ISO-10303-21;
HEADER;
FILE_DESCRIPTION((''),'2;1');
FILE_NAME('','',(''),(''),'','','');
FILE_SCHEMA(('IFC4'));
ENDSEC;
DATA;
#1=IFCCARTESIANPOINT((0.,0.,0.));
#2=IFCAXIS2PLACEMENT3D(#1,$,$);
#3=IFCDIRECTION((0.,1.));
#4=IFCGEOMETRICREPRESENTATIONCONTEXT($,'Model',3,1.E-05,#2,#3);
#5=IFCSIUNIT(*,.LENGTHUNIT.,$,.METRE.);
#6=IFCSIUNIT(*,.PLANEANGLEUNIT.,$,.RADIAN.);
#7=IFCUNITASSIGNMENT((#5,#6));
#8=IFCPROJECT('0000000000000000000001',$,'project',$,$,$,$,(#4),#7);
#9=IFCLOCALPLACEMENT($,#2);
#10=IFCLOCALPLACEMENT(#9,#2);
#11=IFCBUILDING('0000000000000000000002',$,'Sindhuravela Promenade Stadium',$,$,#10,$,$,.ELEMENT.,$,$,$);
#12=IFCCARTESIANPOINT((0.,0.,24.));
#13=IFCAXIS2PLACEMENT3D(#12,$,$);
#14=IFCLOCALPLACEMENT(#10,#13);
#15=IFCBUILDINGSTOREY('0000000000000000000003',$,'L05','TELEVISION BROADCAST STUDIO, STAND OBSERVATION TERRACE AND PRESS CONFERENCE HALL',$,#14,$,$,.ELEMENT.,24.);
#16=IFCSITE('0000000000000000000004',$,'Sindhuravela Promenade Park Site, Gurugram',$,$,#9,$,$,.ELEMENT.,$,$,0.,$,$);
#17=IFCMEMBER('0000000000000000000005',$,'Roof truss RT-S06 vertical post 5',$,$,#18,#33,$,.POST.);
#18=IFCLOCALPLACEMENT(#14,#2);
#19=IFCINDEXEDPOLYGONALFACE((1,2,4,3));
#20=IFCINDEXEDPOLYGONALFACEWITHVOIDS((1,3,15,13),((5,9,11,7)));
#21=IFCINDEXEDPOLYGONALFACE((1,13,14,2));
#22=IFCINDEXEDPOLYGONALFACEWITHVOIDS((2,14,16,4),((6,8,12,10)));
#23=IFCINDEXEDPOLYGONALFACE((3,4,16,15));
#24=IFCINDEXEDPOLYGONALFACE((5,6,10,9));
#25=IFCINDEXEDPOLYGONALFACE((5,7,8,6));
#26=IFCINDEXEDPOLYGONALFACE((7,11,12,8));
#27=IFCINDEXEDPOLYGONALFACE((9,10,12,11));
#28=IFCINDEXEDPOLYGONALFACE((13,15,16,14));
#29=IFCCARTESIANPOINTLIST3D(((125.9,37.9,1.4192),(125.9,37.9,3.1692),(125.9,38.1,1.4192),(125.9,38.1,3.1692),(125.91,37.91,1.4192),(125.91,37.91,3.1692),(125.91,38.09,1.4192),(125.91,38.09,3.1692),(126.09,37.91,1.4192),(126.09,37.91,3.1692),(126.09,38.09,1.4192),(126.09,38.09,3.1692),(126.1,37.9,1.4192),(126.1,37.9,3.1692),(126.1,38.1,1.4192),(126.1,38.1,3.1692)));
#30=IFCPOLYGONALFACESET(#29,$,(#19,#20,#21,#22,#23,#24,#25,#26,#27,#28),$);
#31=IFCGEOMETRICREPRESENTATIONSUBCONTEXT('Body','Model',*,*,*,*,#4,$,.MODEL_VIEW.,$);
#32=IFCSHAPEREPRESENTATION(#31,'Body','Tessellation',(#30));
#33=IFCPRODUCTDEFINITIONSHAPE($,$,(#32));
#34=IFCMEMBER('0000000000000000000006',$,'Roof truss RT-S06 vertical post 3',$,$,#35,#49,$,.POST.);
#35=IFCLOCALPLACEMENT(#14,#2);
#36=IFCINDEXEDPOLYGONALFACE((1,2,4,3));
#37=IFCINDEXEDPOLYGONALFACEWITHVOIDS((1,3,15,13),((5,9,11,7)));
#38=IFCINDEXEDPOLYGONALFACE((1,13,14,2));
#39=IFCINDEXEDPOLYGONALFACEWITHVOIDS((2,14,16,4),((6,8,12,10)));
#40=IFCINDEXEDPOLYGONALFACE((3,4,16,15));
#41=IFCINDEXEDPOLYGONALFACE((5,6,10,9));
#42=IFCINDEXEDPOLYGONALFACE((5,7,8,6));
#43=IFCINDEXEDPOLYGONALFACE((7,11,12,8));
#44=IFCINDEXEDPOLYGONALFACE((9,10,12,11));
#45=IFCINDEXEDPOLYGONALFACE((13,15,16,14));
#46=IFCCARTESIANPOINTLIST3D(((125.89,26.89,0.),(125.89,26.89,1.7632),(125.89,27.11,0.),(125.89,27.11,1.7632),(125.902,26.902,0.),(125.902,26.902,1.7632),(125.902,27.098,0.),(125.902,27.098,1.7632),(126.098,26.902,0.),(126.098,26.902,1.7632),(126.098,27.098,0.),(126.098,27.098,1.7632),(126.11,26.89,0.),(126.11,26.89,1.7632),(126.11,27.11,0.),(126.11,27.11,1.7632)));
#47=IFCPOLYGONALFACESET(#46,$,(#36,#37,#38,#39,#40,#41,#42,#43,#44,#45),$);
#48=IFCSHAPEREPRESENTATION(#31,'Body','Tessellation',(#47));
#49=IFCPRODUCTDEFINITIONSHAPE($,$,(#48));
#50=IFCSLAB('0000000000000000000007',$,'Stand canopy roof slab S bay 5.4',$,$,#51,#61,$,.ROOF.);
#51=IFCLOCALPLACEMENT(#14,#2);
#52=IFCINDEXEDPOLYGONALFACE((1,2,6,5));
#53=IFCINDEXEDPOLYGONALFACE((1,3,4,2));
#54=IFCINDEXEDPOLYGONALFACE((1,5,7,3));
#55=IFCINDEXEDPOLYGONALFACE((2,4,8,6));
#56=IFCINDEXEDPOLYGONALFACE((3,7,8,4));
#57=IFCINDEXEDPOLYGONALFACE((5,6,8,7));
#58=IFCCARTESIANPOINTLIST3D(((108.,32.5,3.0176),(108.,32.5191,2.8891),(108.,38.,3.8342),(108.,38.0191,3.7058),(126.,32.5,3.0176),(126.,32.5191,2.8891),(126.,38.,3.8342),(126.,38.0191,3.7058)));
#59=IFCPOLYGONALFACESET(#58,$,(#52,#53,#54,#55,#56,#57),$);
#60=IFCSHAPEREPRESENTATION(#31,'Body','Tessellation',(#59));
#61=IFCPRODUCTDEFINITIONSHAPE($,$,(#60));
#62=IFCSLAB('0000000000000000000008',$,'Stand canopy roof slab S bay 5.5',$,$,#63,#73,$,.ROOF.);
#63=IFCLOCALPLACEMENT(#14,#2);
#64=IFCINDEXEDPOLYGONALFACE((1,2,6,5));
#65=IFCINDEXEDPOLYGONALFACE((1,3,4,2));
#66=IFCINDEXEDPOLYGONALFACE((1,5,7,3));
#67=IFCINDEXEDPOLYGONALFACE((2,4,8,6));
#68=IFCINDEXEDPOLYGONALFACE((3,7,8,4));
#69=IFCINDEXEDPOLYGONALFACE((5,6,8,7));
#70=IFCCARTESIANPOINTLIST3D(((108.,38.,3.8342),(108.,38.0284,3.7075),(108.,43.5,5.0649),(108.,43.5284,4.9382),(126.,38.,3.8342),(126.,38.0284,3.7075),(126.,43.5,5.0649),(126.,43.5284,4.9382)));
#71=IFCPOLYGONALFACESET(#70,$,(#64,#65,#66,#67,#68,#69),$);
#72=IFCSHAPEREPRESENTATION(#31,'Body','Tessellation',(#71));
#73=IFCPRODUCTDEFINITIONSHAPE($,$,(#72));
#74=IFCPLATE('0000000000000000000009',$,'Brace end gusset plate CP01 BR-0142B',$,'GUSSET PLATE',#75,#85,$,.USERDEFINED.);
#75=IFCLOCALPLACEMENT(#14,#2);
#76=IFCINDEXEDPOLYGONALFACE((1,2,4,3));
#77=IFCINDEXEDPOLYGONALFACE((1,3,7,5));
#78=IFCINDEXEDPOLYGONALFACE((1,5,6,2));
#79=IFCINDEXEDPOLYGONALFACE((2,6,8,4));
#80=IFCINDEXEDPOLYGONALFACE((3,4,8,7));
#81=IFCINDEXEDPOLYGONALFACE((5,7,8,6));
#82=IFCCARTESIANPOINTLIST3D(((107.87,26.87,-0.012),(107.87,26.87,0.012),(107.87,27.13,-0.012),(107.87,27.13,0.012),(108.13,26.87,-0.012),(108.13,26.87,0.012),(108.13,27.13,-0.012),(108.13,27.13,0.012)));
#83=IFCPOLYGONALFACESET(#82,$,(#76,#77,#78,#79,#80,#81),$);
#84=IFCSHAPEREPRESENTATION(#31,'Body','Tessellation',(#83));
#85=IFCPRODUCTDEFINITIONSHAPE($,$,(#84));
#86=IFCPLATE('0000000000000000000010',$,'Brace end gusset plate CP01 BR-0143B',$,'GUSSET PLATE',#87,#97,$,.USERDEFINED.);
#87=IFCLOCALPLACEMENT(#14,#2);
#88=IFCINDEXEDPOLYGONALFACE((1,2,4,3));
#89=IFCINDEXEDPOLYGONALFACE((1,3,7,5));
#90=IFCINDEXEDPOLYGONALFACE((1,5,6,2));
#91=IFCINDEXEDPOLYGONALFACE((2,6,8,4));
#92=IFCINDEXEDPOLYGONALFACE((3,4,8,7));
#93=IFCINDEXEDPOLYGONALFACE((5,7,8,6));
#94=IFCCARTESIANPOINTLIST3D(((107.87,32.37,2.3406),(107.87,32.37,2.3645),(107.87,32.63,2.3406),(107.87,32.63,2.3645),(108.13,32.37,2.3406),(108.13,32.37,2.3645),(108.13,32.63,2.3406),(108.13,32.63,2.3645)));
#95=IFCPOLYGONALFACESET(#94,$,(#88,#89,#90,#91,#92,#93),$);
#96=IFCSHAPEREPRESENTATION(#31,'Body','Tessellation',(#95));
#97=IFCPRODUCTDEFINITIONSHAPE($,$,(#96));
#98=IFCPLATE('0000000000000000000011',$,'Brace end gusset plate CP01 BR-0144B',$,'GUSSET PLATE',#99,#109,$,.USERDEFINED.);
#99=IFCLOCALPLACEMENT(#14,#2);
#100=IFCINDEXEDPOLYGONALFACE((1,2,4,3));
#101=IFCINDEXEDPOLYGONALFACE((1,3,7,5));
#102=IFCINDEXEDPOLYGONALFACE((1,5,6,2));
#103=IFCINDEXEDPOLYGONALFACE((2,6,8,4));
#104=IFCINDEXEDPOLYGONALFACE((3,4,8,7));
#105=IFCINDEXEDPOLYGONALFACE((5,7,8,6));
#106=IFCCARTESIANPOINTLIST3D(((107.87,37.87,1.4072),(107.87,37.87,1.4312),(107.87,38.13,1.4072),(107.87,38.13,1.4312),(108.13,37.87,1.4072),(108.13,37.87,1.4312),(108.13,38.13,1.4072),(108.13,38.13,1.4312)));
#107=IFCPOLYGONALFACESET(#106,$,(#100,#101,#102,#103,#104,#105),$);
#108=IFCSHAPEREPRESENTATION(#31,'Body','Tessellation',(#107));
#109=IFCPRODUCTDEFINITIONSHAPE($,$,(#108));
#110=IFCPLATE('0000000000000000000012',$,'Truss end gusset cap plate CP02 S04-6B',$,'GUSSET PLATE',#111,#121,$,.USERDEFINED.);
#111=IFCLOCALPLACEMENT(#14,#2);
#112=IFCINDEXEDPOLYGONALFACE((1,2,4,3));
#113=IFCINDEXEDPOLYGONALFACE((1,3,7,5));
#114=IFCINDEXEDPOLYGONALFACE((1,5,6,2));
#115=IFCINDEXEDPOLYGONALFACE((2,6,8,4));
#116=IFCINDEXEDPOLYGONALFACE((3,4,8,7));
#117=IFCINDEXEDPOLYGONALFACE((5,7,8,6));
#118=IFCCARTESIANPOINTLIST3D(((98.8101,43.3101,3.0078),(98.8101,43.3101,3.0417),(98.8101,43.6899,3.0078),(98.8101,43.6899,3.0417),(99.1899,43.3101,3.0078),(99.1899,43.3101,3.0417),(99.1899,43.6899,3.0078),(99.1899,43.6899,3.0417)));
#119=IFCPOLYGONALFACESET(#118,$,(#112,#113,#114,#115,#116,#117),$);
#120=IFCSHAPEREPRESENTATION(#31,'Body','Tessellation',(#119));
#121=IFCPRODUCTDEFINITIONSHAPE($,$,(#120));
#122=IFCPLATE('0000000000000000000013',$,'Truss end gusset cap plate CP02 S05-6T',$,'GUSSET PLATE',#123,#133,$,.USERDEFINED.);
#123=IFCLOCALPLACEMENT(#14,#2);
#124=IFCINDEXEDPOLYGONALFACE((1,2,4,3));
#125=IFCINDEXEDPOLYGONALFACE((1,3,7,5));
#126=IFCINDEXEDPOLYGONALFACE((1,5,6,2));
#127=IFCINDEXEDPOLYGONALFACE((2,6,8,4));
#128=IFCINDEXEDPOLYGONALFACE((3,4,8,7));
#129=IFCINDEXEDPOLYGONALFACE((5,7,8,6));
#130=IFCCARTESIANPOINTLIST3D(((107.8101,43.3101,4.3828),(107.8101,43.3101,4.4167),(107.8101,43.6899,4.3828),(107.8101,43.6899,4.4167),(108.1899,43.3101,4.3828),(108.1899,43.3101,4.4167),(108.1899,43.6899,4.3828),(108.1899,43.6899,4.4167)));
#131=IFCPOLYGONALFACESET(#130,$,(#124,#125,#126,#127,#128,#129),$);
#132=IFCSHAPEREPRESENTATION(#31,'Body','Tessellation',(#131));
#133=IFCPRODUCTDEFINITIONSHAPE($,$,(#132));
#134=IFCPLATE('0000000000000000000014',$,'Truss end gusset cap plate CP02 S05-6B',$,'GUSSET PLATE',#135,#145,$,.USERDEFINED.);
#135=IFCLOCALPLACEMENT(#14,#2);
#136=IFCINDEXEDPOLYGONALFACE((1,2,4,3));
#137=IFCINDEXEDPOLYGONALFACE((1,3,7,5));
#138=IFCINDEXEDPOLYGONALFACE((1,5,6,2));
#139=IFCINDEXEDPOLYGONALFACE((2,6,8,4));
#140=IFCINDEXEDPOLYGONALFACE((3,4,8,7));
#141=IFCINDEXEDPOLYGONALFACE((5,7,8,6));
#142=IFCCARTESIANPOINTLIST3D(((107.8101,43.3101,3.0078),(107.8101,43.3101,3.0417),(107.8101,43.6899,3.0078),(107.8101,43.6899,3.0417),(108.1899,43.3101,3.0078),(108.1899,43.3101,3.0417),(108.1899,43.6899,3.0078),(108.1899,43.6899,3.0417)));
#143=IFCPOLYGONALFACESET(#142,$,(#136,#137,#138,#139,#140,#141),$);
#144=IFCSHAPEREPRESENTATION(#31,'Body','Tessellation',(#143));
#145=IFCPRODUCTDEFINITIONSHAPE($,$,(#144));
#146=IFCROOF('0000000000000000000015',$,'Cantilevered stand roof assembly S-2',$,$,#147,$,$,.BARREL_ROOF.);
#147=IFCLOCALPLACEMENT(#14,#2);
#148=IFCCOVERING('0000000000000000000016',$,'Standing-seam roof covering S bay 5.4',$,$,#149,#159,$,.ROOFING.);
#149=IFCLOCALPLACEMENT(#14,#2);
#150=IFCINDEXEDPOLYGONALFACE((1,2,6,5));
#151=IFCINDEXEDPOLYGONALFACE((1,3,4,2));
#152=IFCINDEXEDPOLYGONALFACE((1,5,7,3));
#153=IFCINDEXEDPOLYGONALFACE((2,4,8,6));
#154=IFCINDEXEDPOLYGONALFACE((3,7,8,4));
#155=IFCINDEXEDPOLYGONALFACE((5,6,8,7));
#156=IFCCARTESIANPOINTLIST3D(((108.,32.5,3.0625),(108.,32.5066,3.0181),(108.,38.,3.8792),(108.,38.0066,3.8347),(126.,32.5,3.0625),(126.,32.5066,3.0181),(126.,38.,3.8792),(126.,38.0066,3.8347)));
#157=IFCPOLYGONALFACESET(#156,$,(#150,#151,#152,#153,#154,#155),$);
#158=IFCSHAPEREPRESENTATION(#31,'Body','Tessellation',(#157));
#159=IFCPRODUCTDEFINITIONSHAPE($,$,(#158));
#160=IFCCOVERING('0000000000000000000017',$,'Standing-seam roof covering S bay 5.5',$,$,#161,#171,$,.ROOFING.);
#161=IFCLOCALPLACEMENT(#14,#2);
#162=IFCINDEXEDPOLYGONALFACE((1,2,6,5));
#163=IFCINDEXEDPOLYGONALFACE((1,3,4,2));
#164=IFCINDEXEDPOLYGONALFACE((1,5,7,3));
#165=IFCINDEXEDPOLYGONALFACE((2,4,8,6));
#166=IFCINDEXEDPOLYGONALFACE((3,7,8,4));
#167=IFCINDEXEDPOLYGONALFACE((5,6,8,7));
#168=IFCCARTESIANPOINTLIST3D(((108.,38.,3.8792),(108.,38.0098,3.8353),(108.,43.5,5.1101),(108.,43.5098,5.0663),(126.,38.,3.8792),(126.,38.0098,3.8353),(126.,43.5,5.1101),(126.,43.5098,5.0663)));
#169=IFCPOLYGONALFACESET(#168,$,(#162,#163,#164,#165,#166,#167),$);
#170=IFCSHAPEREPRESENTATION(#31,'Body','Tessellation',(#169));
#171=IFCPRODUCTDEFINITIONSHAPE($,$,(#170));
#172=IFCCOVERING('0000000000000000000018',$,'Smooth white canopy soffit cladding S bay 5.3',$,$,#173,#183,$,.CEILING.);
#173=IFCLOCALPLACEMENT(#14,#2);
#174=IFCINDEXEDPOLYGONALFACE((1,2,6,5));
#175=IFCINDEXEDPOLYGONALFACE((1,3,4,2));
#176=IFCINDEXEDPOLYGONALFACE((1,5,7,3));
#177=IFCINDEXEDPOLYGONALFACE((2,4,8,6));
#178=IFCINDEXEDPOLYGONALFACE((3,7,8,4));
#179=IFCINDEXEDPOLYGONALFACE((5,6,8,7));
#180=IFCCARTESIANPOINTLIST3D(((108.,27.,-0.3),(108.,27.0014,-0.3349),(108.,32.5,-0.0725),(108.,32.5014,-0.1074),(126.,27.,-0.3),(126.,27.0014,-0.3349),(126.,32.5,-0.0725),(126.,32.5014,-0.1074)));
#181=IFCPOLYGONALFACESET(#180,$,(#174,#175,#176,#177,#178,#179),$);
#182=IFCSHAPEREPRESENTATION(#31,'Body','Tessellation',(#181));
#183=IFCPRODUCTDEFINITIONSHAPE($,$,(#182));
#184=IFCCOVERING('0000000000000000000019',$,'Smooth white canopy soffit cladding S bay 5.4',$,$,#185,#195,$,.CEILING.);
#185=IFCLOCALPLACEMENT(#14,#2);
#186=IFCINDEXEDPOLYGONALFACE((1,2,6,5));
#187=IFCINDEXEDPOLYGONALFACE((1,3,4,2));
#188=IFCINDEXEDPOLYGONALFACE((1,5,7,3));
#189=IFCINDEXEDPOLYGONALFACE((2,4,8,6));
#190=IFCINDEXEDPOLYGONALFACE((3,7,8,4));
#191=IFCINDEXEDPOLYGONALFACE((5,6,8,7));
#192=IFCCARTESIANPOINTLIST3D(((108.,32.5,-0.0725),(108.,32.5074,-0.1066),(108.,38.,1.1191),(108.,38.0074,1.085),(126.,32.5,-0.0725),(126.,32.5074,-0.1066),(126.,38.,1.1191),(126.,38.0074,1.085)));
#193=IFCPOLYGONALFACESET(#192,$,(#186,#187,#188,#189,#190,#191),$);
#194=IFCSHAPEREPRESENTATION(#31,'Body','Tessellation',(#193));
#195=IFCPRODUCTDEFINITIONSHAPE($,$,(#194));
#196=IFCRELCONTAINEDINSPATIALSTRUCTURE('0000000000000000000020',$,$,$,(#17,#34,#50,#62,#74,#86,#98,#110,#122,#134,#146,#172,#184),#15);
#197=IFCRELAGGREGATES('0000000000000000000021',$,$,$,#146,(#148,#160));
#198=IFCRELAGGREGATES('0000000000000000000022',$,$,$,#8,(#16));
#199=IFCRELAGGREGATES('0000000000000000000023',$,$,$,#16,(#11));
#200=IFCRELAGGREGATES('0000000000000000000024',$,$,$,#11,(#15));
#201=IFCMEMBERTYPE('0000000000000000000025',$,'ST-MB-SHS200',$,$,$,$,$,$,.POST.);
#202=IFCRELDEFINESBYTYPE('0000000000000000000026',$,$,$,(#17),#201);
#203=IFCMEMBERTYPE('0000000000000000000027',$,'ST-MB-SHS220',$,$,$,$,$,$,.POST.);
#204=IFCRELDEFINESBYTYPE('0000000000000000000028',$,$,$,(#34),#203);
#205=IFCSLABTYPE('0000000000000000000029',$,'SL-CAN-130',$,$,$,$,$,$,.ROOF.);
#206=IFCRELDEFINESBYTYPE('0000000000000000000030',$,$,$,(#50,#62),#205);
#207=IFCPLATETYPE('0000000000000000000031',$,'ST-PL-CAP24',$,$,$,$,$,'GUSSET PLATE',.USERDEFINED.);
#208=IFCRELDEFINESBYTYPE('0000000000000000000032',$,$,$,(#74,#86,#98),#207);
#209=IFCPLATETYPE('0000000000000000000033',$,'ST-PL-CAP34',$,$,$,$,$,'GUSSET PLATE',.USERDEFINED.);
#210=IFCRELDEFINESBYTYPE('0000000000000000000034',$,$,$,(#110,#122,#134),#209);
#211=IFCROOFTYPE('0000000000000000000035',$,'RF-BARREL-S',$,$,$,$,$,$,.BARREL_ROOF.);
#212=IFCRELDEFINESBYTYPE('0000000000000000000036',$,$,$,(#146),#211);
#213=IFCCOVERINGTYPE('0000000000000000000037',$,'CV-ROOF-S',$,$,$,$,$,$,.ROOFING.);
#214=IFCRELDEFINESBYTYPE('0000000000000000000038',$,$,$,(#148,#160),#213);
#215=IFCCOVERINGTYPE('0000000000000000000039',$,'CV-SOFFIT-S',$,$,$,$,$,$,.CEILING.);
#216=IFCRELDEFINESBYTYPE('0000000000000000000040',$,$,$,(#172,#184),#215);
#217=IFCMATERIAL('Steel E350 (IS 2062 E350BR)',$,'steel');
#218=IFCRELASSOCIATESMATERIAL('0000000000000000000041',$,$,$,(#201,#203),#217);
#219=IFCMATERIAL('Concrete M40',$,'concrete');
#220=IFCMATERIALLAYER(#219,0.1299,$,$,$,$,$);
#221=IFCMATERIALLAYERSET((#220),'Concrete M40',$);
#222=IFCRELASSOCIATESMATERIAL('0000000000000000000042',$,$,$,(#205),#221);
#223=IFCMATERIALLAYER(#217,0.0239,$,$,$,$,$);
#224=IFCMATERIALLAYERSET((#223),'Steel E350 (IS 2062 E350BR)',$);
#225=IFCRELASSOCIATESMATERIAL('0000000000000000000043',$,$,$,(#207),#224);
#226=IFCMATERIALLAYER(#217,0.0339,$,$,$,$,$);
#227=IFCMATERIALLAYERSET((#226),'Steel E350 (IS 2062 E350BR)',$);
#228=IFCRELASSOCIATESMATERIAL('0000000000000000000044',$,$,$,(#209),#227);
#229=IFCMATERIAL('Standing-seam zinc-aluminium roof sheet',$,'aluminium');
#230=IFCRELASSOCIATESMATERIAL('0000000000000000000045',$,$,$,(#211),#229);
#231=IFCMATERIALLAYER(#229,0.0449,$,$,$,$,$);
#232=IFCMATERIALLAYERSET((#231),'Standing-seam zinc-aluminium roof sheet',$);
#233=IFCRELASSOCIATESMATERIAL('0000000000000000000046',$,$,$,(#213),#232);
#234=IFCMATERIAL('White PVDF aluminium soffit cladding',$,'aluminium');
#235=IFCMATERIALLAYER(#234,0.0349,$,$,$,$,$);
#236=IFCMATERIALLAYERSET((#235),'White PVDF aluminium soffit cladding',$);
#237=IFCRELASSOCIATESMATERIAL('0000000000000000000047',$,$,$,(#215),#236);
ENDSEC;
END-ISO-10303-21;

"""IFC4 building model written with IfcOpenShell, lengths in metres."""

from ifc_helpers import new_model, si_unit, direction, frame, origin, origin_2d, place, context, subcontext, project, spatial, polyline, rectangle, hollow_rectangle, outline, extrude, material, layer, layer_set, material_profile, profile_set, type_object, element, aggregate, save


model = new_model("IFC4")

# Units and contexts
model_context = context("Model", 3, precision=1e-05, world=origin(), true_north=direction((0.0, 1.0)))
body_context = subcontext(model_context, "Body", "Model", "MODEL_VIEW")
ifc_project = project(units=[si_unit("LENGTHUNIT", "METRE"), si_unit("PLANEANGLEUNIT", "RADIAN")], contexts=[model_context])

# Site, building, storey
site_placement = place(None, origin())
site = spatial("IfcSite", under=ifc_project, at=site_placement, Name="Sindhuravela Promenade Park Site, Gurugram", CompositionType="ELEMENT", RefElevation=0.0)
building_placement = place(site_placement, origin())
building = spatial("IfcBuilding", under=site, at=building_placement, Name="Sindhuravela Promenade Stadium", CompositionType="ELEMENT")
storey_placement = place(building_placement, frame((0.0, 0.0, 24.0)))
storey = spatial("IfcBuildingStorey", under=building, at=storey_placement, Name="L05", Description="TELEVISION BROADCAST STUDIO, STAND OBSERVATION TERRACE AND PRESS CONFERENCE HALL", CompositionType="ELEMENT", Elevation=24.0)

# Shared definitions
ifc_material_1 = material(Name="Steel E350 (IS 2062 E350BR)", Category="steel")

# Members
ifc_material_profile_1 = material_profile(ifc_material_1, hollow_rectangle(XDim=0.2, YDim=0.2, WallThickness=0.01, at=origin_2d()), Name="SHS 200x200x10")
ifc_profile_set_1 = profile_set([ifc_material_profile_1], Name="Steel E350 (IS 2062 E350BR)")
member_type_1 = type_object("IfcMemberType", Name="ST-MB-SHS200", PredefinedType="POST", material=ifc_profile_set_1)
member_1_placement = place(storey_placement, frame((126.0, 38.0, 1.4192), z_axis=(0.0, 0.0, 1.0), x_axis=(1.0, 0.0, 0.0)))
element("IfcMember", 1, at=member_1_placement, inside=storey, type_object=member_type_1, Name="Roof truss RT-S06 vertical post 5", PredefinedType="POST", context=body_context, shape_type="SweptSolid", body=[
    extrude(hollow_rectangle(XDim=0.2, YDim=0.2, WallThickness=0.01, at=origin_2d()), origin(), (0.0, 0.0, 1.0), 1.75),
])
ifc_material_profile_2 = material_profile(ifc_material_1, hollow_rectangle(XDim=0.22, YDim=0.22, WallThickness=0.012, at=origin_2d()), Name="SHS 220x220x12")
ifc_profile_set_2 = profile_set([ifc_material_profile_2], Name="Steel E350 (IS 2062 E350BR)")
member_type_2 = type_object("IfcMemberType", Name="ST-MB-SHS220", PredefinedType="POST", material=ifc_profile_set_2)
member_2_placement = place(storey_placement, frame((126.0, 27.0, 0.0), z_axis=(0.0, 0.0, 1.0), x_axis=(1.0, 0.0, 0.0)))
element("IfcMember", 2, at=member_2_placement, inside=storey, type_object=member_type_2, Name="Roof truss RT-S06 vertical post 3", PredefinedType="POST", context=body_context, shape_type="SweptSolid", body=[
    extrude(hollow_rectangle(XDim=0.22, YDim=0.22, WallThickness=0.012, at=origin_2d()), origin(), (0.0, 0.0, 1.0), 1.7632),
])

# Slabs
ifc_material_2 = material(Name="Concrete M40", Category="concrete")
ifc_layer_1 = layer(ifc_material_2, 0.1299)
ifc_layer_set_1 = layer_set([ifc_layer_1], Name="Concrete M40")
slab_type = type_object("IfcSlabType", Name="SL-CAN-130", PredefinedType="ROOF", material=ifc_layer_set_1)
slab_1_placement = place(storey_placement, frame((108.0, 32.5, 3.0176), z_axis=(0.0, -0.146872, 0.989156), x_axis=(1.0, 0.0, 0.0)))
element("IfcSlab", 3, at=slab_1_placement, inside=storey, type_object=slab_type, Name="Stand canopy roof slab S bay 5.4", PredefinedType="ROOF", context=body_context, shape_type="SweptSolid", body=[
    extrude(outline(polyline([(0.0, 0.0), (18.0, 0.0), (18.0, 5.5603), (0.0, 5.5603), (0.0, 0.0)])), origin(), (0.0, 0.0, -1.0), 0.1299),
])
slab_2_placement = place(storey_placement, frame((108.0, 38.0, 3.8342), z_axis=(0.0, -0.218366, 0.975867), x_axis=(1.0, 0.0, 0.0)))
element("IfcSlab", 4, at=slab_2_placement, inside=storey, type_object=slab_type, Name="Stand canopy roof slab S bay 5.5", PredefinedType="ROOF", context=body_context, shape_type="SweptSolid", body=[
    extrude(outline(polyline([(0.0, 0.0), (18.0, 0.0), (18.0, 5.636), (0.0, 5.636), (0.0, 0.0)])), origin(), (0.0, 0.0, -1.0), 0.1299),
])

# Plates
ifc_layer_2 = layer(ifc_material_1, 0.0239)
ifc_layer_set_2 = layer_set([ifc_layer_2], Name="Steel E350 (IS 2062 E350BR)")
plate_type_1 = type_object("IfcPlateType", Name="ST-PL-CAP24", ElementType="GUSSET PLATE", PredefinedType="USERDEFINED", material=ifc_layer_set_2)
for number, where, z_axis, x_axis, name in (
    (5, (108.0, 27.0, -0.012), (0.0, 0.0, 1.0), (1.0, 0.0, 0.0), "Brace end gusset plate CP01 BR-0142B"),
    (6, (108.0, 32.5, 2.3406), (0.0, 0.0, 1.0), (1.0, 0.0, 0.0), "Brace end gusset plate CP01 BR-0143B"),
    (7, (108.0, 38.0, 1.4072), (0.0, 0.0, 1.0), (1.0, 0.0, 0.0), "Brace end gusset plate CP01 BR-0144B"),
):
    element("IfcPlate", number, at=place(storey_placement, frame(where, z_axis=z_axis, x_axis=x_axis)), inside=storey, type_object=plate_type_1, Name=name, ObjectType="GUSSET PLATE", PredefinedType="USERDEFINED", context=body_context, shape_type="SweptSolid", body=[
        extrude(rectangle(XDim=0.26, YDim=0.26, at=origin_2d()), origin(), (0.0, 0.0, 1.0), 0.0239),
    ])
ifc_layer_3 = layer(ifc_material_1, 0.0339)
ifc_layer_set_3 = layer_set([ifc_layer_3], Name="Steel E350 (IS 2062 E350BR)")
plate_type_2 = type_object("IfcPlateType", Name="ST-PL-CAP34", ElementType="GUSSET PLATE", PredefinedType="USERDEFINED", material=ifc_layer_set_3)
for number, where, z_axis, x_axis, name in (
    (8, (99.0, 43.5, 3.0078), (0.0, 0.0, 1.0), (1.0, 0.0, 0.0), "Truss end gusset cap plate CP02 S04-6B"),
    (9, (108.0, 43.5, 4.3828), (0.0, 0.0, 1.0), (1.0, 0.0, 0.0), "Truss end gusset cap plate CP02 S05-6T"),
    (10, (108.0, 43.5, 3.0078), (0.0, 0.0, 1.0), (1.0, 0.0, 0.0), "Truss end gusset cap plate CP02 S05-6B"),
):
    element("IfcPlate", number, at=place(storey_placement, frame(where, z_axis=z_axis, x_axis=x_axis)), inside=storey, type_object=plate_type_2, Name=name, ObjectType="GUSSET PLATE", PredefinedType="USERDEFINED", context=body_context, shape_type="SweptSolid", body=[
        extrude(rectangle(XDim=0.3799, YDim=0.3799, at=origin_2d()), origin(), (0.0, 0.0, 1.0), 0.0339),
    ])

# Roof, coverings
ifc_material_3 = material(Name="Standing-seam zinc-aluminium roof sheet", Category="aluminium")
roof_type = type_object("IfcRoofType", Name="RF-BARREL-S", PredefinedType="BARREL_ROOF", material=ifc_material_3)
roof_placement = place(storey_placement, origin())
roof = element("IfcRoof", 11, at=roof_placement, inside=storey, type_object=roof_type, Name="Cantilevered stand roof assembly S-2", PredefinedType="BARREL_ROOF")
ifc_layer_4 = layer(ifc_material_3, 0.0449)
ifc_layer_set_4 = layer_set([ifc_layer_4], Name="Standing-seam zinc-aluminium roof sheet")
covering_type_1 = type_object("IfcCoveringType", Name="CV-ROOF-S", PredefinedType="ROOFING", material=ifc_layer_set_4)
covering_1_placement = place(storey_placement, frame((108.0, 32.5, 3.0625), z_axis=(0.0, -0.146872, 0.989156), x_axis=(1.0, 0.0, 0.0)))
covering_1 = element("IfcCovering", 12, at=covering_1_placement, type_object=covering_type_1, Name="Standing-seam roof covering S bay 5.4", PredefinedType="ROOFING", context=body_context, shape_type="SweptSolid", body=[
    extrude(outline(polyline([(0.0, 0.0), (18.0, 0.0), (18.0, 5.5603), (0.0, 5.5603), (0.0, 0.0)])), origin(), (0.0, 0.0, -1.0), 0.0449),
])
covering_2_placement = place(storey_placement, frame((108.0, 38.0, 3.8792), z_axis=(0.0, -0.218407, 0.975858), x_axis=(1.0, 0.0, 0.0)))
covering_2 = element("IfcCovering", 13, at=covering_2_placement, type_object=covering_type_1, Name="Standing-seam roof covering S bay 5.5", PredefinedType="ROOFING", context=body_context, shape_type="SweptSolid", body=[
    extrude(outline(polyline([(0.0, 0.0), (18.0, 0.0), (18.0, 5.6361), (0.0, 5.6361), (0.0, 0.0)])), origin(), (0.0, 0.0, -1.0), 0.0449),
])
aggregate(roof, [covering_1, covering_2])

# Coverings
ifc_material_4 = material(Name="White PVDF aluminium soffit cladding", Category="aluminium")
ifc_layer_5 = layer(ifc_material_4, 0.0349)
ifc_layer_set_5 = layer_set([ifc_layer_5], Name="White PVDF aluminium soffit cladding")
covering_type_2 = type_object("IfcCoveringType", Name="CV-SOFFIT-S", PredefinedType="CEILING", material=ifc_layer_set_5)
covering_3_placement = place(storey_placement, frame((108.0, 27.0, -0.3), z_axis=(0.0, -0.041335, 0.999145), x_axis=(1.0, 0.0, 0.0)))
element("IfcCovering", 14, at=covering_3_placement, inside=storey, type_object=covering_type_2, Name="Smooth white canopy soffit cladding S bay 5.3", PredefinedType="CEILING", context=body_context, shape_type="SweptSolid", body=[
    extrude(outline(polyline([(0.0, 0.0), (18.0, 0.0), (18.0, 5.5047), (0.0, 5.5047), (0.0, 0.0)])), origin(), (0.0, 0.0, -1.0), 0.0349),
])
covering_4_placement = place(storey_placement, frame((108.0, 32.5, -0.0725), z_axis=(0.0, -0.211751, 0.977324), x_axis=(1.0, 0.0, 0.0)))
element("IfcCovering", 15, at=covering_4_placement, inside=storey, type_object=covering_type_2, Name="Smooth white canopy soffit cladding S bay 5.4", PredefinedType="CEILING", context=body_context, shape_type="SweptSolid", body=[
    extrude(outline(polyline([(0.0, 0.0), (18.0, 0.0), (18.0, 5.6276), (0.0, 5.6276), (0.0, 0.0)])), origin(), (0.0, 0.0, -1.0), 0.0349),
])

save(model, "model.ifc")
